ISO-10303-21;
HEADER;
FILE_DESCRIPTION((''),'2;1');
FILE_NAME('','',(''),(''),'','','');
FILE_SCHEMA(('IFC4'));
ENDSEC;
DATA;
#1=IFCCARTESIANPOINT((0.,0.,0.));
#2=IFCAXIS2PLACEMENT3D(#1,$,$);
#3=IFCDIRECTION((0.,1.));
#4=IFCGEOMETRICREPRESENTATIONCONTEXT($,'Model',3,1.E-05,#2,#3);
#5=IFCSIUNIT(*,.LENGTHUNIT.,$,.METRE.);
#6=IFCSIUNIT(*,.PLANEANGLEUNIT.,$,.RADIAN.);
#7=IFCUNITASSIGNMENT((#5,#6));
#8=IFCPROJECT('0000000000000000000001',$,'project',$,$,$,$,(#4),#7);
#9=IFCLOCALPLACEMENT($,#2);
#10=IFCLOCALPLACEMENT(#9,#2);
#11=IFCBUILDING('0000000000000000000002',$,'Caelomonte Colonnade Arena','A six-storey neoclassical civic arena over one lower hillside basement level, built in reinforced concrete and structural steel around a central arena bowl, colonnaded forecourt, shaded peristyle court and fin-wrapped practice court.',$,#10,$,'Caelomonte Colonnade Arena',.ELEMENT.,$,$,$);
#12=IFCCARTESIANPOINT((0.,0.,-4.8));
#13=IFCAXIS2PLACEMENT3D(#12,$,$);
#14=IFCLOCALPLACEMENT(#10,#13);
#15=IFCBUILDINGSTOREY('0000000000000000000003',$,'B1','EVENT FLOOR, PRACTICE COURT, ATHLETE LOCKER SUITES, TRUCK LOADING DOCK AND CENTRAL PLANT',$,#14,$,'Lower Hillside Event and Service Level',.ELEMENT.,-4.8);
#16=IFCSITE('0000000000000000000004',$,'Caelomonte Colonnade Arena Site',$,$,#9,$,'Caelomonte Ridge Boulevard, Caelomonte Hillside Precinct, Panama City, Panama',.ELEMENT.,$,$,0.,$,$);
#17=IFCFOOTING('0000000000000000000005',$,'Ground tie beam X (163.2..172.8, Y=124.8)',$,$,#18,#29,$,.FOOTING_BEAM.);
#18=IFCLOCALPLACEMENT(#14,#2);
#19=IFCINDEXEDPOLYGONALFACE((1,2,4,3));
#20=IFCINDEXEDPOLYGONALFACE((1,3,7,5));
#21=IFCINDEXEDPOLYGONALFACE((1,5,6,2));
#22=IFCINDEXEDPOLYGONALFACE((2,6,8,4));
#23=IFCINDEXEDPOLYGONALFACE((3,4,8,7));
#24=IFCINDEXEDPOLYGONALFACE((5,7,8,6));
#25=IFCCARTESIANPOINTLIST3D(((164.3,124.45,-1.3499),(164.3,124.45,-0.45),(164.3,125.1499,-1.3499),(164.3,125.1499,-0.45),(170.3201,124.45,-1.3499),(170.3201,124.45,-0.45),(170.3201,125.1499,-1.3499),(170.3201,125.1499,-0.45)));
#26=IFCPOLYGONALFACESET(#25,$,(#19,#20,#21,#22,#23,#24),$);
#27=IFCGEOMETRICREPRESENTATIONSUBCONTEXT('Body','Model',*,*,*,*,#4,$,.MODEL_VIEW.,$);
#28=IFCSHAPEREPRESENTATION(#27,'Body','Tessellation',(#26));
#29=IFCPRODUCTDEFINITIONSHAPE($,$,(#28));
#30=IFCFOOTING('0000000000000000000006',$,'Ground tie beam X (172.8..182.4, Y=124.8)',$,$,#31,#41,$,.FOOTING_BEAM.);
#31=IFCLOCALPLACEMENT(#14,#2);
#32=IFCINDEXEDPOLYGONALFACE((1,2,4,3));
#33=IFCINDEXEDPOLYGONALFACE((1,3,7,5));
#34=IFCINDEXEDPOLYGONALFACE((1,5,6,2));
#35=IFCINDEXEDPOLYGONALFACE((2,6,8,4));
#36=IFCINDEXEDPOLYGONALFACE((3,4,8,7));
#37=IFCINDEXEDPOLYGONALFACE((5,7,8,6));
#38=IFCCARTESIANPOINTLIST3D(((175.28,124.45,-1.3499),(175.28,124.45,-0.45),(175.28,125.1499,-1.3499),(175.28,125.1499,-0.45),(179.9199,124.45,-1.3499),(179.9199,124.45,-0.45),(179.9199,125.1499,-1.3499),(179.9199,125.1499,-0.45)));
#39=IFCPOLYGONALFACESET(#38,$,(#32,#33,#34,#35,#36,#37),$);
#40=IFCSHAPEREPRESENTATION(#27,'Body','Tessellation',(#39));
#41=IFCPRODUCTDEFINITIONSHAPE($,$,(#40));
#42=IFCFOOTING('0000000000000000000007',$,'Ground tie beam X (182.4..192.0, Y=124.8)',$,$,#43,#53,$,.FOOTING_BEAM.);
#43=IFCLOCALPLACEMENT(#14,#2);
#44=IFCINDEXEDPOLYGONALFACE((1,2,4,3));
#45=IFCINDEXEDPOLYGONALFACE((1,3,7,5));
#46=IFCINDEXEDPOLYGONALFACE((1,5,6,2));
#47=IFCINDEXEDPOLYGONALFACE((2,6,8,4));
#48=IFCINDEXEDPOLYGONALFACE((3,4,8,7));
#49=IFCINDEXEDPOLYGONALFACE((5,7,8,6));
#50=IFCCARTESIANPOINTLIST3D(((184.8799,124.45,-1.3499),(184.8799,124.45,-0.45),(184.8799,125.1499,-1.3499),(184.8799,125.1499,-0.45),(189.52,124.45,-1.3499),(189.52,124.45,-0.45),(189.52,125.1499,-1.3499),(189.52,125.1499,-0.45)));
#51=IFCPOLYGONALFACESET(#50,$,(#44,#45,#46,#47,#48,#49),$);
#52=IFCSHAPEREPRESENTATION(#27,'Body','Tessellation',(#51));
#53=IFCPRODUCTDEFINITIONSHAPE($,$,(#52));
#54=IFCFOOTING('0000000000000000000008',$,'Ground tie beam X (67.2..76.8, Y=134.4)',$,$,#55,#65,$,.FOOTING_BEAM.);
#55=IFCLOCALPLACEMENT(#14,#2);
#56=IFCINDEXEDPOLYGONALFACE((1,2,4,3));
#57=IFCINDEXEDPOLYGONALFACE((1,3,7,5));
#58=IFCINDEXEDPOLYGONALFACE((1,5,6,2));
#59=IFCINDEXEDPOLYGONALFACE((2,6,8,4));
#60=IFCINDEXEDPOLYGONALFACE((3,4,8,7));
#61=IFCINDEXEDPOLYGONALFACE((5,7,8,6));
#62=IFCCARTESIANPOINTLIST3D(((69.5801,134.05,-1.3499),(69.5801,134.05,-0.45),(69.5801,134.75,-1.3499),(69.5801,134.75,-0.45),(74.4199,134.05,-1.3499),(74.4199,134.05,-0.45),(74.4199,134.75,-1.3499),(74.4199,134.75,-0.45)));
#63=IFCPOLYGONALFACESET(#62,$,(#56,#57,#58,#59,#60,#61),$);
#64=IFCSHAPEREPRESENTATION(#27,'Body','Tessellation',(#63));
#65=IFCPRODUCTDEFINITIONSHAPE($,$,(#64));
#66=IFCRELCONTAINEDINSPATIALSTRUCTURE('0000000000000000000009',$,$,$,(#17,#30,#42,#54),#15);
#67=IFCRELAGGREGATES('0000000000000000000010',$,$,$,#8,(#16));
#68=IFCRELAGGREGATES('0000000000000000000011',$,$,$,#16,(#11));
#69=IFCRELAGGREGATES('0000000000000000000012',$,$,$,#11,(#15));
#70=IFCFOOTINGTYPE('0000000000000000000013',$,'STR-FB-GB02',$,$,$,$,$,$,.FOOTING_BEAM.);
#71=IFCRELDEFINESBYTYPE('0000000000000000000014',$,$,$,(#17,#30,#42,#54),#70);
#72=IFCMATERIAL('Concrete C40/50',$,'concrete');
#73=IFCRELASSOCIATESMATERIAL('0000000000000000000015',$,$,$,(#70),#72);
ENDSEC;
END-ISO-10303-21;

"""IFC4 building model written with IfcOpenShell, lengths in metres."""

from ifc_helpers import new_model, si_unit, direction, frame, origin, place, context, subcontext, project, spatial, polyline, outline, extrude, material, type_object, element, save


model = new_model("IFC4")

# Units and contexts
model_context = context("Model", 3, precision=1e-05, world=origin(), true_north=direction((0.0, 1.0)))
body_context = subcontext(model_context, "Body", "Model", "MODEL_VIEW")
ifc_project = project(units=[si_unit("LENGTHUNIT", "METRE"), si_unit("PLANEANGLEUNIT", "RADIAN")], contexts=[model_context])

# Site, building, storey
site_placement = place(None, origin())
site = spatial("IfcSite", under=ifc_project, at=site_placement, Name="Caelomonte Colonnade Arena Site", LongName="Caelomonte Ridge Boulevard, Caelomonte Hillside Precinct, Panama City, Panama", CompositionType="ELEMENT", RefElevation=0.0)
building_placement = place(site_placement, origin())
building = spatial("IfcBuilding", under=site, at=building_placement, Name="Caelomonte Colonnade Arena", Description="A six-storey neoclassical civic arena over one lower hillside basement level, built in reinforced concrete and structural steel around a central arena bowl, colonnaded forecourt, shaded peristyle court and fin-wrapped practice court.", LongName="Caelomonte Colonnade Arena", CompositionType="ELEMENT")
storey_placement = place(building_placement, frame((0.0, 0.0, -4.8)))
storey = spatial("IfcBuildingStorey", under=building, at=storey_placement, Name="B1", Description="EVENT FLOOR, PRACTICE COURT, ATHLETE LOCKER SUITES, TRUCK LOADING DOCK AND CENTRAL PLANT", LongName="Lower Hillside Event and Service Level", CompositionType="ELEMENT", Elevation=-4.8)

# Footings
ifc_material = material(Name="Concrete C40/50", Category="concrete")
footing_type = type_object("IfcFootingType", Name="STR-FB-GB02", PredefinedType="FOOTING_BEAM", material=ifc_material)
footing_1_placement = place(storey_placement, frame((0.0, 0.0, -1.3499)))
element("IfcFooting", 1, at=footing_1_placement, inside=storey, type_object=footing_type, Name="Ground tie beam X (163.2..172.8, Y=124.8)", PredefinedType="FOOTING_BEAM", context=body_context, shape_type="SweptSolid", body=[
    extrude(outline(polyline([(164.3, 124.45), (170.3201, 124.45), (170.3201, 125.1499), (164.3, 125.1499), (164.3, 124.45)])), origin(), (0.0, 0.0, 1.0), 0.8999),
])
footing_2_placement = place(storey_placement, frame((0.0, 0.0, -1.3499)))
element("IfcFooting", 2, at=footing_2_placement, inside=storey, type_object=footing_type, Name="Ground tie beam X (172.8..182.4, Y=124.8)", PredefinedType="FOOTING_BEAM", context=body_context, shape_type="SweptSolid", body=[
    extrude(outline(polyline([(175.28, 124.45), (179.9199, 124.45), (179.9199, 125.1499), (175.28, 125.1499), (175.28, 124.45)])), origin(), (0.0, 0.0, 1.0), 0.8999),
])
footing_3_placement = place(storey_placement, frame((0.0, 0.0, -1.3499)))
element("IfcFooting", 3, at=footing_3_placement, inside=storey, type_object=footing_type, Name="Ground tie beam X (182.4..192.0, Y=124.8)", PredefinedType="FOOTING_BEAM", context=body_context, shape_type="SweptSolid", body=[
    extrude(outline(polyline([(184.8799, 124.45), (189.52, 124.45), (189.52, 125.1499), (184.8799, 125.1499), (184.8799, 124.45)])), origin(), (0.0, 0.0, 1.0), 0.8999),
])
footing_4_placement = place(storey_placement, frame((0.0, 0.0, -1.3499)))
element("IfcFooting", 4, at=footing_4_placement, inside=storey, type_object=footing_type, Name="Ground tie beam X (67.2..76.8, Y=134.4)", PredefinedType="FOOTING_BEAM", context=body_context, shape_type="SweptSolid", body=[
    extrude(outline(polyline([(69.5801, 134.05), (74.4199, 134.05), (74.4199, 134.75), (69.5801, 134.75), (69.5801, 134.05)])), origin(), (0.0, 0.0, 1.0), 0.8999),
])

save(model, "model.ifc")
